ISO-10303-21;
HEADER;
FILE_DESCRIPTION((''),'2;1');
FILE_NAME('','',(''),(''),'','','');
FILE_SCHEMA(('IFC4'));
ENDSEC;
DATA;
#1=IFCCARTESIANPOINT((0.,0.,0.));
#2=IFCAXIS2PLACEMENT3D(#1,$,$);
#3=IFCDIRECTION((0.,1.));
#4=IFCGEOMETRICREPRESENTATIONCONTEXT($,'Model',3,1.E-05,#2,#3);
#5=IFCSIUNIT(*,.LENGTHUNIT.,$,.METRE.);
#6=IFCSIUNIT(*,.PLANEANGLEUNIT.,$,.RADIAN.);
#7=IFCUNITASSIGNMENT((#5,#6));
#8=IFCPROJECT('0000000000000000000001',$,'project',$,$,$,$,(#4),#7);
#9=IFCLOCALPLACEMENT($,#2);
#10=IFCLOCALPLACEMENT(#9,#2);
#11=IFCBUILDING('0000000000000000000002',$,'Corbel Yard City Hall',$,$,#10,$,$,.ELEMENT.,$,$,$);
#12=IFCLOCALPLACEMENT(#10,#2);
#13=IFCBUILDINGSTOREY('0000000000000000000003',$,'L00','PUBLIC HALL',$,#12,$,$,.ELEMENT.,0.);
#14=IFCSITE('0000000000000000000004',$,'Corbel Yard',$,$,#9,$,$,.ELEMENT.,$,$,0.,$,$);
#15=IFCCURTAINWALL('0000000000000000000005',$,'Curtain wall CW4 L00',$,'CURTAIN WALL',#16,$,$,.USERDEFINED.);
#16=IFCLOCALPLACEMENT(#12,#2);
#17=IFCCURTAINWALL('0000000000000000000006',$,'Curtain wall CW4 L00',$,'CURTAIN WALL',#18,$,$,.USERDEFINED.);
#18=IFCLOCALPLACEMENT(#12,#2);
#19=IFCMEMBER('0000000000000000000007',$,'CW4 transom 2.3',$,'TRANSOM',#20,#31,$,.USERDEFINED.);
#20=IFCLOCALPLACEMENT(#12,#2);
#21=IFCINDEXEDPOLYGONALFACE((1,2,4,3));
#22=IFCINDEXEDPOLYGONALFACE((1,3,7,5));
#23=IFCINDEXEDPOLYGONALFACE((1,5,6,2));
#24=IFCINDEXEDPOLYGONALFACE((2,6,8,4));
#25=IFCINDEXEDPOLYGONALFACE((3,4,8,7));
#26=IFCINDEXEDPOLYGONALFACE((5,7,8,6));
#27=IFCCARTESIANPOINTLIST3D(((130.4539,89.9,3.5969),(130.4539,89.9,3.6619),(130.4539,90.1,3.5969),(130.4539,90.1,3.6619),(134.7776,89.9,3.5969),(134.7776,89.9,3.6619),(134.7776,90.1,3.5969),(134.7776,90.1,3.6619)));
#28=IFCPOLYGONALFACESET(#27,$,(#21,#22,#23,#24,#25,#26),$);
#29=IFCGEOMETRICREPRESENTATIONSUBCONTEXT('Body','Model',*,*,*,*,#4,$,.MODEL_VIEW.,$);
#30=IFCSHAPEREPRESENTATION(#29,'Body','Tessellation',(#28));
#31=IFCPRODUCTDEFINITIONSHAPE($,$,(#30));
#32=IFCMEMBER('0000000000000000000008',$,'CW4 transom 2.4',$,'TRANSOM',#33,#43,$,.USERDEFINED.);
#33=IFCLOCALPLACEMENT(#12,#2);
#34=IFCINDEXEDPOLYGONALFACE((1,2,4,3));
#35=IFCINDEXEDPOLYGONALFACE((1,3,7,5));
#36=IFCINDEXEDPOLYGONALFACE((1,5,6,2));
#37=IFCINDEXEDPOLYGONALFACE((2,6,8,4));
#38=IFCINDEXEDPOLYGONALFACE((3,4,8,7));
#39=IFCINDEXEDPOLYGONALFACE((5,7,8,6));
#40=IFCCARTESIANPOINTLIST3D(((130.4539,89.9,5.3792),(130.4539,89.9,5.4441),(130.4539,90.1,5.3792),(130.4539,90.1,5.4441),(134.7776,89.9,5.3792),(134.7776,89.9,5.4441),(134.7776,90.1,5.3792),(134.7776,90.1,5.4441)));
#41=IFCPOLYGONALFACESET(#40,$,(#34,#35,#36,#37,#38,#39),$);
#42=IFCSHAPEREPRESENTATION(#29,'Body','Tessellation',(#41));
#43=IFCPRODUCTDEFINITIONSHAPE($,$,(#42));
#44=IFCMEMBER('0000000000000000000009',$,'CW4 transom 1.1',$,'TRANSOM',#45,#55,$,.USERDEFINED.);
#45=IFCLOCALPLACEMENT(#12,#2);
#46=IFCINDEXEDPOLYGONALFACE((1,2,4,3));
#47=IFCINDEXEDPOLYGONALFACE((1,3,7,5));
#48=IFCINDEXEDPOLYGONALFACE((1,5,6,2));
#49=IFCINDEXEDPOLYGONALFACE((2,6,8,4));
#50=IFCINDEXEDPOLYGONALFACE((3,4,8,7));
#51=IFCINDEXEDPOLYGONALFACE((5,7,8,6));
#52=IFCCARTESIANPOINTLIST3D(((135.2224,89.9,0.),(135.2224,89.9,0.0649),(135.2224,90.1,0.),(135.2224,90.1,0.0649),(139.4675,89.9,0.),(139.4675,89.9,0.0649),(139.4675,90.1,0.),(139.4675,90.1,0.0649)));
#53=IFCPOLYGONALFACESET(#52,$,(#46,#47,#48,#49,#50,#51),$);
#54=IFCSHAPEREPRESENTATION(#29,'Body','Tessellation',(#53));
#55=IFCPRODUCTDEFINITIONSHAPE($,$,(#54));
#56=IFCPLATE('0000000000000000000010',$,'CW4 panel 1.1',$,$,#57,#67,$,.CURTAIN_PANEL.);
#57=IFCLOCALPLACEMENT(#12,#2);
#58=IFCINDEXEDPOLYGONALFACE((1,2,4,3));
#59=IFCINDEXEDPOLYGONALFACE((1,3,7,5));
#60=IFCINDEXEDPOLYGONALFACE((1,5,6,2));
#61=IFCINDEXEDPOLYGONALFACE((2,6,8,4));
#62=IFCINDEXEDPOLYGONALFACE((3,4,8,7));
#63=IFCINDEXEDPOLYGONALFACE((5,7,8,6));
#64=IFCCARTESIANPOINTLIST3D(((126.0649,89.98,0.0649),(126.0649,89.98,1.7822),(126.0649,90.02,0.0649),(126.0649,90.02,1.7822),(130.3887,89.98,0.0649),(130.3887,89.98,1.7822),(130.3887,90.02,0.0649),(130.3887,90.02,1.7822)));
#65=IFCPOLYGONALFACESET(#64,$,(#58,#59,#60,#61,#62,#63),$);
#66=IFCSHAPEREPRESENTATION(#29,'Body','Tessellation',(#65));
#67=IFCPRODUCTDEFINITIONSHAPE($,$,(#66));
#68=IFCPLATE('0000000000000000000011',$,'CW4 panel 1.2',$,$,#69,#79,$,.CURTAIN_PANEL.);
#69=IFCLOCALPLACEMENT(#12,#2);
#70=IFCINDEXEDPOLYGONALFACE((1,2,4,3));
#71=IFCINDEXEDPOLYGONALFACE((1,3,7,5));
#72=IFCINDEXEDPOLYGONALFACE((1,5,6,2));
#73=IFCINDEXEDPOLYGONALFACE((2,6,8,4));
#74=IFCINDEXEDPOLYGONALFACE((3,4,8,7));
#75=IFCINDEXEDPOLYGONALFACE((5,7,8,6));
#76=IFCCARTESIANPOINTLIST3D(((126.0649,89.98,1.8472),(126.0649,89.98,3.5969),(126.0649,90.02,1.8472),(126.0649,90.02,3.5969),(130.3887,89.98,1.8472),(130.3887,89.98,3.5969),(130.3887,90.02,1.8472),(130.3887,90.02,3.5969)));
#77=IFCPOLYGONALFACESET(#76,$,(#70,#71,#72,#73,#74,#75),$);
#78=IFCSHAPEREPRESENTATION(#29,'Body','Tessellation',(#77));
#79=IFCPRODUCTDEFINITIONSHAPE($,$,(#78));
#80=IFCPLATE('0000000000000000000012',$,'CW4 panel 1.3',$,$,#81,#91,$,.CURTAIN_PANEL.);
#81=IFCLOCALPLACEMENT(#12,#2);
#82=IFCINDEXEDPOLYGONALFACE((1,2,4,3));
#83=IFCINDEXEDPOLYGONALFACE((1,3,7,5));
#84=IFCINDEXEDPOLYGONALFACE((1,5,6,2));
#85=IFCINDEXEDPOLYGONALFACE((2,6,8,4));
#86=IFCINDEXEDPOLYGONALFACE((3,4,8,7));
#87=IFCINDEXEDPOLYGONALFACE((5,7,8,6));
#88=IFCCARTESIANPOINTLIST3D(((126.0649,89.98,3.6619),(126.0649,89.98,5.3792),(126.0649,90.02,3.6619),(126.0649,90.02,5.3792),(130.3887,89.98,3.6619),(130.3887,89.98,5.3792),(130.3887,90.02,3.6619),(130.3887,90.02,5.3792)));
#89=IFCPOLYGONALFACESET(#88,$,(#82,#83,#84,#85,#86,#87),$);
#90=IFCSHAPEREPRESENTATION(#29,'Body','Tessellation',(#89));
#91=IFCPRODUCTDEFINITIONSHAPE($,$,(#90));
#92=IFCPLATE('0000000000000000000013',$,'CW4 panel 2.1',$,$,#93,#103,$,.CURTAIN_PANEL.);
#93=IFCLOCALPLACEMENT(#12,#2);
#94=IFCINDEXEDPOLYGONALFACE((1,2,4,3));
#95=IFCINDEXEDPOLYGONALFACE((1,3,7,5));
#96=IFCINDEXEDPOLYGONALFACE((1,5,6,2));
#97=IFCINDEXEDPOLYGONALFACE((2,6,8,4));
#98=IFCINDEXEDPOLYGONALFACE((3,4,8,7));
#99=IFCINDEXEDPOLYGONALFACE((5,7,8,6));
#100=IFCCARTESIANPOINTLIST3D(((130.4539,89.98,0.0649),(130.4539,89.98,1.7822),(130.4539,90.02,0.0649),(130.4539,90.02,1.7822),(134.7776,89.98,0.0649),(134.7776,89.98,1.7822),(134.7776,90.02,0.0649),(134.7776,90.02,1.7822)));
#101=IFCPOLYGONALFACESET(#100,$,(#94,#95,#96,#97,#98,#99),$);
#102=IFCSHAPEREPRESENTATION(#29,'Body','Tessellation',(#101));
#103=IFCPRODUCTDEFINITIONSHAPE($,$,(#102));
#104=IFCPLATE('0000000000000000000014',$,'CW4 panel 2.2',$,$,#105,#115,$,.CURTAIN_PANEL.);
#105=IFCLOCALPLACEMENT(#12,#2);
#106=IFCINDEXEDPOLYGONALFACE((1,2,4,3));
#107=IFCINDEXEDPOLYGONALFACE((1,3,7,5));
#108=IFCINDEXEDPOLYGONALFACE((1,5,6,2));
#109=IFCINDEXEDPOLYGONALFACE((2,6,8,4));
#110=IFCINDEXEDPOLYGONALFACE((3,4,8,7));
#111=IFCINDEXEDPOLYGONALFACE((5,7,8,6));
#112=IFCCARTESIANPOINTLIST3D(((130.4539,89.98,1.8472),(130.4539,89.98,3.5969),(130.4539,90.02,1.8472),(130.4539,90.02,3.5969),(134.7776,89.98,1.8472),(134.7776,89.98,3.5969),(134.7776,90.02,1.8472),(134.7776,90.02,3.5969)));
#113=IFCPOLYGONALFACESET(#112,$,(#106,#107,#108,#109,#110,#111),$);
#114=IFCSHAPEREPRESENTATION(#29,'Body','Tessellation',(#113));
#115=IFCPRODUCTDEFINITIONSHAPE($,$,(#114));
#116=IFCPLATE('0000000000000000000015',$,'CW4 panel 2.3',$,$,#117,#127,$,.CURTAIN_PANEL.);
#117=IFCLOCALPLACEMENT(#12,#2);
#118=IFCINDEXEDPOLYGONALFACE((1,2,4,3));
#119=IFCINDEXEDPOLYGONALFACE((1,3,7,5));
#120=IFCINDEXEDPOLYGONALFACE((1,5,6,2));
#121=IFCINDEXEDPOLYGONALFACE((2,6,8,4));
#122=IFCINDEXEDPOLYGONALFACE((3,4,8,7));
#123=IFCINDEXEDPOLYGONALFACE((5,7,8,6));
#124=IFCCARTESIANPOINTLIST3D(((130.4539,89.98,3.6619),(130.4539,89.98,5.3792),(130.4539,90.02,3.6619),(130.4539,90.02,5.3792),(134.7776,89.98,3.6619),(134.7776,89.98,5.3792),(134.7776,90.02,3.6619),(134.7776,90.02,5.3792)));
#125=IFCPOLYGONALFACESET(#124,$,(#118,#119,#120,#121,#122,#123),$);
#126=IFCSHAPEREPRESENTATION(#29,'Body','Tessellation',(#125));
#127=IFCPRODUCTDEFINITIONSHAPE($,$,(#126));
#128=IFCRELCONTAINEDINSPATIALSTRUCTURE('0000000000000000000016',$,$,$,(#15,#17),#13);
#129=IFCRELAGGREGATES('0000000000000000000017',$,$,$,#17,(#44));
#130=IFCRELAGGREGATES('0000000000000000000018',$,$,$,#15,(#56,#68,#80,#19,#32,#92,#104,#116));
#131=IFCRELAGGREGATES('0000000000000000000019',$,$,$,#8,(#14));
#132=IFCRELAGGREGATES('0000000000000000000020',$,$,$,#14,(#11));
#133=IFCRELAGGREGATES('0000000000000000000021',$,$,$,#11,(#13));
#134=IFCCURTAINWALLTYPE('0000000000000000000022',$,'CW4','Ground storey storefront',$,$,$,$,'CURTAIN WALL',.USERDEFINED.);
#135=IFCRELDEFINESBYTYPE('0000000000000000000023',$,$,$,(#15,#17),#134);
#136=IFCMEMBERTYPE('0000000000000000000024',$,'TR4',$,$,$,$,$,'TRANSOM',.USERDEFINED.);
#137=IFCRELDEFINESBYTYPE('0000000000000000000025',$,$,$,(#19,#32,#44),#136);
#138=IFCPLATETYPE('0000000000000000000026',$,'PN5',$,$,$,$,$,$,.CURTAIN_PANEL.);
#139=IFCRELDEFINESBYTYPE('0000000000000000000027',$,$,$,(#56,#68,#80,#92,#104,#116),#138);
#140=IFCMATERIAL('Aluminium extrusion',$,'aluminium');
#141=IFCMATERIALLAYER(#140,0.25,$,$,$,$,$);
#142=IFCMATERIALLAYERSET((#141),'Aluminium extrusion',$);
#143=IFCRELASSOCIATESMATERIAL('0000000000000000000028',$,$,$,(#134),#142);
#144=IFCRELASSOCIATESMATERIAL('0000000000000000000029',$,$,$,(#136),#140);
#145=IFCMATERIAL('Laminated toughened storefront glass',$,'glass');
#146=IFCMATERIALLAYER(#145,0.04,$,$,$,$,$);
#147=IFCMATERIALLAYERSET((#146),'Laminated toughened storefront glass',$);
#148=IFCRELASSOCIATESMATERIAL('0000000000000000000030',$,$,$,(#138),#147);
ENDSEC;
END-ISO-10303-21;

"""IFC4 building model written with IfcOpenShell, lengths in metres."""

from ifc_helpers import new_model, si_unit, direction, frame, origin, origin_2d, place, context, subcontext, project, spatial, rectangle, extrude, material, layer, layer_set, material_profile, profile_set, type_object, element, aggregate, save


model = new_model("IFC4")

# Units and contexts
model_context = context("Model", 3, precision=1e-05, world=origin(), true_north=direction((0.0, 1.0)))
body_context = subcontext(model_context, "Body", "Model", "MODEL_VIEW")
ifc_project = project(units=[si_unit("LENGTHUNIT", "METRE"), si_unit("PLANEANGLEUNIT", "RADIAN")], contexts=[model_context])

# Site, building, storey
site_placement = place(None, origin())
site = spatial("IfcSite", under=ifc_project, at=site_placement, Name="Corbel Yard", CompositionType="ELEMENT", RefElevation=0.0)
building_placement = place(site_placement, origin())
building = spatial("IfcBuilding", under=site, at=building_placement, Name="Corbel Yard City Hall", CompositionType="ELEMENT")
storey_placement = place(building_placement, origin())
storey = spatial("IfcBuildingStorey", under=building, at=storey_placement, Name="L00", Description="PUBLIC HALL", CompositionType="ELEMENT", Elevation=0.0)

# Curtain wall
ifc_material_1 = material(Name="Aluminium extrusion", Category="aluminium")
ifc_layer_1 = layer(ifc_material_1, 0.25)
ifc_layer_set_1 = layer_set([ifc_layer_1], Name="Aluminium extrusion")
curtain_wall_type = type_object("IfcCurtainWallType", Name="CW4", Description="Ground storey storefront", ElementType="CURTAIN WALL", PredefinedType="USERDEFINED", material=ifc_layer_set_1)
curtain_wall_1_placement = place(storey_placement, origin())
curtain_wall_1 = element("IfcCurtainWall", 1, at=curtain_wall_1_placement, inside=storey, type_object=curtain_wall_type, Name="Curtain wall CW4 L00", ObjectType="CURTAIN WALL", PredefinedType="USERDEFINED")

# Curtain wall
curtain_wall_2_placement = place(storey_placement, origin())
curtain_wall_2 = element("IfcCurtainWall", 2, at=curtain_wall_2_placement, inside=storey, type_object=curtain_wall_type, Name="Curtain wall CW4 L00", ObjectType="CURTAIN WALL", PredefinedType="USERDEFINED")

# Members
ifc_material_profile_1 = material_profile(ifc_material_1, rectangle(XDim=0.2, YDim=0.0649, at=origin_2d()), Name="200x65")
ifc_profile_set_1 = profile_set([ifc_material_profile_1], Name="Aluminium extrusion")
member_type_1 = type_object("IfcMemberType", Name="TR4", ElementType="TRANSOM", PredefinedType="USERDEFINED", material=ifc_profile_set_1)
member_1_placement = place(storey_placement, frame((130.4539, 90.0, 3.6294), z_axis=(1.0, 0.0, 0.0), x_axis=(0.0, 1.0, 0.0)))
member_1 = element("IfcMember", 3, at=member_1_placement, type_object=member_type_1, Name="CW4 transom 2.3", ObjectType="TRANSOM", PredefinedType="USERDEFINED", context=body_context, shape_type="SweptSolid", body=[
    extrude(rectangle(XDim=0.2, YDim=0.0649, at=origin_2d()), origin(), (0.0, 0.0, 1.0), 4.3237),
])
member_2_placement = place(storey_placement, frame((130.4539, 90.0, 5.4116), z_axis=(1.0, 0.0, 0.0), x_axis=(0.0, 1.0, 0.0)))
member_2 = element("IfcMember", 4, at=member_2_placement, type_object=member_type_1, Name="CW4 transom 2.4", ObjectType="TRANSOM", PredefinedType="USERDEFINED", context=body_context, shape_type="SweptSolid", body=[
    extrude(rectangle(XDim=0.2, YDim=0.0649, at=origin_2d()), origin(), (0.0, 0.0, 1.0), 4.3237),
])
member_3_placement = place(storey_placement, frame((135.2224, 90.0, 0.0325), z_axis=(1.0, 0.0, 0.0), x_axis=(0.0, 1.0, 0.0)))
member_3 = element("IfcMember", 5, at=member_3_placement, type_object=member_type_1, Name="CW4 transom 1.1", ObjectType="TRANSOM", PredefinedType="USERDEFINED", context=body_context, shape_type="SweptSolid", body=[
    extrude(rectangle(XDim=0.2, YDim=0.0649, at=origin_2d()), origin(), (0.0, 0.0, 1.0), 4.2451),
])
aggregate(curtain_wall_2, [member_3])

# Plates
ifc_material_2 = material(Name="Laminated toughened storefront glass", Category="glass")
ifc_layer_2 = layer(ifc_material_2, 0.04)
ifc_layer_set_2 = layer_set([ifc_layer_2], Name="Laminated toughened storefront glass")
plate_type = type_object("IfcPlateType", Name="PN5", PredefinedType="CURTAIN_PANEL", material=ifc_layer_set_2)
plate_1_placement = place(storey_placement, frame((128.2268, 90.0, 0.0649), z_axis=(0.0, 0.0, 1.0), x_axis=(1.0, 0.0, 0.0)))
plate_1 = element("IfcPlate", 6, at=plate_1_placement, type_object=plate_type, Name="CW4 panel 1.1", PredefinedType="CURTAIN_PANEL", context=body_context, shape_type="SweptSolid", body=[
    extrude(rectangle(XDim=4.3237, YDim=0.04, at=origin_2d()), origin(), (0.0, 0.0, 1.0), 1.7173),
])
plate_2_placement = place(storey_placement, frame((128.2268, 90.0, 1.8472), z_axis=(0.0, 0.0, 1.0), x_axis=(1.0, 0.0, 0.0)))
plate_2 = element("IfcPlate", 7, at=plate_2_placement, type_object=plate_type, Name="CW4 panel 1.2", PredefinedType="CURTAIN_PANEL", context=body_context, shape_type="SweptSolid", body=[
    extrude(rectangle(XDim=4.3237, YDim=0.04, at=origin_2d()), origin(), (0.0, 0.0, 1.0), 1.7498),
])
plate_3_placement = place(storey_placement, frame((128.2268, 90.0, 3.6619), z_axis=(0.0, 0.0, 1.0), x_axis=(1.0, 0.0, 0.0)))
plate_3 = element("IfcPlate", 8, at=plate_3_placement, type_object=plate_type, Name="CW4 panel 1.3", PredefinedType="CURTAIN_PANEL", context=body_context, shape_type="SweptSolid", body=[
    extrude(rectangle(XDim=4.3237, YDim=0.04, at=origin_2d()), origin(), (0.0, 0.0, 1.0), 1.7173),
])
plate_4_placement = place(storey_placement, frame((132.6157, 90.0, 0.0649), z_axis=(0.0, 0.0, 1.0), x_axis=(1.0, 0.0, 0.0)))
plate_4 = element("IfcPlate", 9, at=plate_4_placement, type_object=plate_type, Name="CW4 panel 2.1", PredefinedType="CURTAIN_PANEL", context=body_context, shape_type="SweptSolid", body=[
    extrude(rectangle(XDim=4.3237, YDim=0.04, at=origin_2d()), origin(), (0.0, 0.0, 1.0), 1.7173),
])
plate_5_placement = place(storey_placement, frame((132.6157, 90.0, 1.8472), z_axis=(0.0, 0.0, 1.0), x_axis=(1.0, 0.0, 0.0)))
plate_5 = element("IfcPlate", 10, at=plate_5_placement, type_object=plate_type, Name="CW4 panel 2.2", PredefinedType="CURTAIN_PANEL", context=body_context, shape_type="SweptSolid", body=[
    extrude(rectangle(XDim=4.3237, YDim=0.04, at=origin_2d()), origin(), (0.0, 0.0, 1.0), 1.7498),
])
plate_6_placement = place(storey_placement, frame((132.6157, 90.0, 3.6619), z_axis=(0.0, 0.0, 1.0), x_axis=(1.0, 0.0, 0.0)))
plate_6 = element("IfcPlate", 11, at=plate_6_placement, type_object=plate_type, Name="CW4 panel 2.3", PredefinedType="CURTAIN_PANEL", context=body_context, shape_type="SweptSolid", body=[
    extrude(rectangle(XDim=4.3237, YDim=0.04, at=origin_2d()), origin(), (0.0, 0.0, 1.0), 1.7173),
])
aggregate(curtain_wall_1, [plate_1, plate_2, plate_3, member_1, member_2, plate_4, plate_5, plate_6])

save(model, "model.ifc")
